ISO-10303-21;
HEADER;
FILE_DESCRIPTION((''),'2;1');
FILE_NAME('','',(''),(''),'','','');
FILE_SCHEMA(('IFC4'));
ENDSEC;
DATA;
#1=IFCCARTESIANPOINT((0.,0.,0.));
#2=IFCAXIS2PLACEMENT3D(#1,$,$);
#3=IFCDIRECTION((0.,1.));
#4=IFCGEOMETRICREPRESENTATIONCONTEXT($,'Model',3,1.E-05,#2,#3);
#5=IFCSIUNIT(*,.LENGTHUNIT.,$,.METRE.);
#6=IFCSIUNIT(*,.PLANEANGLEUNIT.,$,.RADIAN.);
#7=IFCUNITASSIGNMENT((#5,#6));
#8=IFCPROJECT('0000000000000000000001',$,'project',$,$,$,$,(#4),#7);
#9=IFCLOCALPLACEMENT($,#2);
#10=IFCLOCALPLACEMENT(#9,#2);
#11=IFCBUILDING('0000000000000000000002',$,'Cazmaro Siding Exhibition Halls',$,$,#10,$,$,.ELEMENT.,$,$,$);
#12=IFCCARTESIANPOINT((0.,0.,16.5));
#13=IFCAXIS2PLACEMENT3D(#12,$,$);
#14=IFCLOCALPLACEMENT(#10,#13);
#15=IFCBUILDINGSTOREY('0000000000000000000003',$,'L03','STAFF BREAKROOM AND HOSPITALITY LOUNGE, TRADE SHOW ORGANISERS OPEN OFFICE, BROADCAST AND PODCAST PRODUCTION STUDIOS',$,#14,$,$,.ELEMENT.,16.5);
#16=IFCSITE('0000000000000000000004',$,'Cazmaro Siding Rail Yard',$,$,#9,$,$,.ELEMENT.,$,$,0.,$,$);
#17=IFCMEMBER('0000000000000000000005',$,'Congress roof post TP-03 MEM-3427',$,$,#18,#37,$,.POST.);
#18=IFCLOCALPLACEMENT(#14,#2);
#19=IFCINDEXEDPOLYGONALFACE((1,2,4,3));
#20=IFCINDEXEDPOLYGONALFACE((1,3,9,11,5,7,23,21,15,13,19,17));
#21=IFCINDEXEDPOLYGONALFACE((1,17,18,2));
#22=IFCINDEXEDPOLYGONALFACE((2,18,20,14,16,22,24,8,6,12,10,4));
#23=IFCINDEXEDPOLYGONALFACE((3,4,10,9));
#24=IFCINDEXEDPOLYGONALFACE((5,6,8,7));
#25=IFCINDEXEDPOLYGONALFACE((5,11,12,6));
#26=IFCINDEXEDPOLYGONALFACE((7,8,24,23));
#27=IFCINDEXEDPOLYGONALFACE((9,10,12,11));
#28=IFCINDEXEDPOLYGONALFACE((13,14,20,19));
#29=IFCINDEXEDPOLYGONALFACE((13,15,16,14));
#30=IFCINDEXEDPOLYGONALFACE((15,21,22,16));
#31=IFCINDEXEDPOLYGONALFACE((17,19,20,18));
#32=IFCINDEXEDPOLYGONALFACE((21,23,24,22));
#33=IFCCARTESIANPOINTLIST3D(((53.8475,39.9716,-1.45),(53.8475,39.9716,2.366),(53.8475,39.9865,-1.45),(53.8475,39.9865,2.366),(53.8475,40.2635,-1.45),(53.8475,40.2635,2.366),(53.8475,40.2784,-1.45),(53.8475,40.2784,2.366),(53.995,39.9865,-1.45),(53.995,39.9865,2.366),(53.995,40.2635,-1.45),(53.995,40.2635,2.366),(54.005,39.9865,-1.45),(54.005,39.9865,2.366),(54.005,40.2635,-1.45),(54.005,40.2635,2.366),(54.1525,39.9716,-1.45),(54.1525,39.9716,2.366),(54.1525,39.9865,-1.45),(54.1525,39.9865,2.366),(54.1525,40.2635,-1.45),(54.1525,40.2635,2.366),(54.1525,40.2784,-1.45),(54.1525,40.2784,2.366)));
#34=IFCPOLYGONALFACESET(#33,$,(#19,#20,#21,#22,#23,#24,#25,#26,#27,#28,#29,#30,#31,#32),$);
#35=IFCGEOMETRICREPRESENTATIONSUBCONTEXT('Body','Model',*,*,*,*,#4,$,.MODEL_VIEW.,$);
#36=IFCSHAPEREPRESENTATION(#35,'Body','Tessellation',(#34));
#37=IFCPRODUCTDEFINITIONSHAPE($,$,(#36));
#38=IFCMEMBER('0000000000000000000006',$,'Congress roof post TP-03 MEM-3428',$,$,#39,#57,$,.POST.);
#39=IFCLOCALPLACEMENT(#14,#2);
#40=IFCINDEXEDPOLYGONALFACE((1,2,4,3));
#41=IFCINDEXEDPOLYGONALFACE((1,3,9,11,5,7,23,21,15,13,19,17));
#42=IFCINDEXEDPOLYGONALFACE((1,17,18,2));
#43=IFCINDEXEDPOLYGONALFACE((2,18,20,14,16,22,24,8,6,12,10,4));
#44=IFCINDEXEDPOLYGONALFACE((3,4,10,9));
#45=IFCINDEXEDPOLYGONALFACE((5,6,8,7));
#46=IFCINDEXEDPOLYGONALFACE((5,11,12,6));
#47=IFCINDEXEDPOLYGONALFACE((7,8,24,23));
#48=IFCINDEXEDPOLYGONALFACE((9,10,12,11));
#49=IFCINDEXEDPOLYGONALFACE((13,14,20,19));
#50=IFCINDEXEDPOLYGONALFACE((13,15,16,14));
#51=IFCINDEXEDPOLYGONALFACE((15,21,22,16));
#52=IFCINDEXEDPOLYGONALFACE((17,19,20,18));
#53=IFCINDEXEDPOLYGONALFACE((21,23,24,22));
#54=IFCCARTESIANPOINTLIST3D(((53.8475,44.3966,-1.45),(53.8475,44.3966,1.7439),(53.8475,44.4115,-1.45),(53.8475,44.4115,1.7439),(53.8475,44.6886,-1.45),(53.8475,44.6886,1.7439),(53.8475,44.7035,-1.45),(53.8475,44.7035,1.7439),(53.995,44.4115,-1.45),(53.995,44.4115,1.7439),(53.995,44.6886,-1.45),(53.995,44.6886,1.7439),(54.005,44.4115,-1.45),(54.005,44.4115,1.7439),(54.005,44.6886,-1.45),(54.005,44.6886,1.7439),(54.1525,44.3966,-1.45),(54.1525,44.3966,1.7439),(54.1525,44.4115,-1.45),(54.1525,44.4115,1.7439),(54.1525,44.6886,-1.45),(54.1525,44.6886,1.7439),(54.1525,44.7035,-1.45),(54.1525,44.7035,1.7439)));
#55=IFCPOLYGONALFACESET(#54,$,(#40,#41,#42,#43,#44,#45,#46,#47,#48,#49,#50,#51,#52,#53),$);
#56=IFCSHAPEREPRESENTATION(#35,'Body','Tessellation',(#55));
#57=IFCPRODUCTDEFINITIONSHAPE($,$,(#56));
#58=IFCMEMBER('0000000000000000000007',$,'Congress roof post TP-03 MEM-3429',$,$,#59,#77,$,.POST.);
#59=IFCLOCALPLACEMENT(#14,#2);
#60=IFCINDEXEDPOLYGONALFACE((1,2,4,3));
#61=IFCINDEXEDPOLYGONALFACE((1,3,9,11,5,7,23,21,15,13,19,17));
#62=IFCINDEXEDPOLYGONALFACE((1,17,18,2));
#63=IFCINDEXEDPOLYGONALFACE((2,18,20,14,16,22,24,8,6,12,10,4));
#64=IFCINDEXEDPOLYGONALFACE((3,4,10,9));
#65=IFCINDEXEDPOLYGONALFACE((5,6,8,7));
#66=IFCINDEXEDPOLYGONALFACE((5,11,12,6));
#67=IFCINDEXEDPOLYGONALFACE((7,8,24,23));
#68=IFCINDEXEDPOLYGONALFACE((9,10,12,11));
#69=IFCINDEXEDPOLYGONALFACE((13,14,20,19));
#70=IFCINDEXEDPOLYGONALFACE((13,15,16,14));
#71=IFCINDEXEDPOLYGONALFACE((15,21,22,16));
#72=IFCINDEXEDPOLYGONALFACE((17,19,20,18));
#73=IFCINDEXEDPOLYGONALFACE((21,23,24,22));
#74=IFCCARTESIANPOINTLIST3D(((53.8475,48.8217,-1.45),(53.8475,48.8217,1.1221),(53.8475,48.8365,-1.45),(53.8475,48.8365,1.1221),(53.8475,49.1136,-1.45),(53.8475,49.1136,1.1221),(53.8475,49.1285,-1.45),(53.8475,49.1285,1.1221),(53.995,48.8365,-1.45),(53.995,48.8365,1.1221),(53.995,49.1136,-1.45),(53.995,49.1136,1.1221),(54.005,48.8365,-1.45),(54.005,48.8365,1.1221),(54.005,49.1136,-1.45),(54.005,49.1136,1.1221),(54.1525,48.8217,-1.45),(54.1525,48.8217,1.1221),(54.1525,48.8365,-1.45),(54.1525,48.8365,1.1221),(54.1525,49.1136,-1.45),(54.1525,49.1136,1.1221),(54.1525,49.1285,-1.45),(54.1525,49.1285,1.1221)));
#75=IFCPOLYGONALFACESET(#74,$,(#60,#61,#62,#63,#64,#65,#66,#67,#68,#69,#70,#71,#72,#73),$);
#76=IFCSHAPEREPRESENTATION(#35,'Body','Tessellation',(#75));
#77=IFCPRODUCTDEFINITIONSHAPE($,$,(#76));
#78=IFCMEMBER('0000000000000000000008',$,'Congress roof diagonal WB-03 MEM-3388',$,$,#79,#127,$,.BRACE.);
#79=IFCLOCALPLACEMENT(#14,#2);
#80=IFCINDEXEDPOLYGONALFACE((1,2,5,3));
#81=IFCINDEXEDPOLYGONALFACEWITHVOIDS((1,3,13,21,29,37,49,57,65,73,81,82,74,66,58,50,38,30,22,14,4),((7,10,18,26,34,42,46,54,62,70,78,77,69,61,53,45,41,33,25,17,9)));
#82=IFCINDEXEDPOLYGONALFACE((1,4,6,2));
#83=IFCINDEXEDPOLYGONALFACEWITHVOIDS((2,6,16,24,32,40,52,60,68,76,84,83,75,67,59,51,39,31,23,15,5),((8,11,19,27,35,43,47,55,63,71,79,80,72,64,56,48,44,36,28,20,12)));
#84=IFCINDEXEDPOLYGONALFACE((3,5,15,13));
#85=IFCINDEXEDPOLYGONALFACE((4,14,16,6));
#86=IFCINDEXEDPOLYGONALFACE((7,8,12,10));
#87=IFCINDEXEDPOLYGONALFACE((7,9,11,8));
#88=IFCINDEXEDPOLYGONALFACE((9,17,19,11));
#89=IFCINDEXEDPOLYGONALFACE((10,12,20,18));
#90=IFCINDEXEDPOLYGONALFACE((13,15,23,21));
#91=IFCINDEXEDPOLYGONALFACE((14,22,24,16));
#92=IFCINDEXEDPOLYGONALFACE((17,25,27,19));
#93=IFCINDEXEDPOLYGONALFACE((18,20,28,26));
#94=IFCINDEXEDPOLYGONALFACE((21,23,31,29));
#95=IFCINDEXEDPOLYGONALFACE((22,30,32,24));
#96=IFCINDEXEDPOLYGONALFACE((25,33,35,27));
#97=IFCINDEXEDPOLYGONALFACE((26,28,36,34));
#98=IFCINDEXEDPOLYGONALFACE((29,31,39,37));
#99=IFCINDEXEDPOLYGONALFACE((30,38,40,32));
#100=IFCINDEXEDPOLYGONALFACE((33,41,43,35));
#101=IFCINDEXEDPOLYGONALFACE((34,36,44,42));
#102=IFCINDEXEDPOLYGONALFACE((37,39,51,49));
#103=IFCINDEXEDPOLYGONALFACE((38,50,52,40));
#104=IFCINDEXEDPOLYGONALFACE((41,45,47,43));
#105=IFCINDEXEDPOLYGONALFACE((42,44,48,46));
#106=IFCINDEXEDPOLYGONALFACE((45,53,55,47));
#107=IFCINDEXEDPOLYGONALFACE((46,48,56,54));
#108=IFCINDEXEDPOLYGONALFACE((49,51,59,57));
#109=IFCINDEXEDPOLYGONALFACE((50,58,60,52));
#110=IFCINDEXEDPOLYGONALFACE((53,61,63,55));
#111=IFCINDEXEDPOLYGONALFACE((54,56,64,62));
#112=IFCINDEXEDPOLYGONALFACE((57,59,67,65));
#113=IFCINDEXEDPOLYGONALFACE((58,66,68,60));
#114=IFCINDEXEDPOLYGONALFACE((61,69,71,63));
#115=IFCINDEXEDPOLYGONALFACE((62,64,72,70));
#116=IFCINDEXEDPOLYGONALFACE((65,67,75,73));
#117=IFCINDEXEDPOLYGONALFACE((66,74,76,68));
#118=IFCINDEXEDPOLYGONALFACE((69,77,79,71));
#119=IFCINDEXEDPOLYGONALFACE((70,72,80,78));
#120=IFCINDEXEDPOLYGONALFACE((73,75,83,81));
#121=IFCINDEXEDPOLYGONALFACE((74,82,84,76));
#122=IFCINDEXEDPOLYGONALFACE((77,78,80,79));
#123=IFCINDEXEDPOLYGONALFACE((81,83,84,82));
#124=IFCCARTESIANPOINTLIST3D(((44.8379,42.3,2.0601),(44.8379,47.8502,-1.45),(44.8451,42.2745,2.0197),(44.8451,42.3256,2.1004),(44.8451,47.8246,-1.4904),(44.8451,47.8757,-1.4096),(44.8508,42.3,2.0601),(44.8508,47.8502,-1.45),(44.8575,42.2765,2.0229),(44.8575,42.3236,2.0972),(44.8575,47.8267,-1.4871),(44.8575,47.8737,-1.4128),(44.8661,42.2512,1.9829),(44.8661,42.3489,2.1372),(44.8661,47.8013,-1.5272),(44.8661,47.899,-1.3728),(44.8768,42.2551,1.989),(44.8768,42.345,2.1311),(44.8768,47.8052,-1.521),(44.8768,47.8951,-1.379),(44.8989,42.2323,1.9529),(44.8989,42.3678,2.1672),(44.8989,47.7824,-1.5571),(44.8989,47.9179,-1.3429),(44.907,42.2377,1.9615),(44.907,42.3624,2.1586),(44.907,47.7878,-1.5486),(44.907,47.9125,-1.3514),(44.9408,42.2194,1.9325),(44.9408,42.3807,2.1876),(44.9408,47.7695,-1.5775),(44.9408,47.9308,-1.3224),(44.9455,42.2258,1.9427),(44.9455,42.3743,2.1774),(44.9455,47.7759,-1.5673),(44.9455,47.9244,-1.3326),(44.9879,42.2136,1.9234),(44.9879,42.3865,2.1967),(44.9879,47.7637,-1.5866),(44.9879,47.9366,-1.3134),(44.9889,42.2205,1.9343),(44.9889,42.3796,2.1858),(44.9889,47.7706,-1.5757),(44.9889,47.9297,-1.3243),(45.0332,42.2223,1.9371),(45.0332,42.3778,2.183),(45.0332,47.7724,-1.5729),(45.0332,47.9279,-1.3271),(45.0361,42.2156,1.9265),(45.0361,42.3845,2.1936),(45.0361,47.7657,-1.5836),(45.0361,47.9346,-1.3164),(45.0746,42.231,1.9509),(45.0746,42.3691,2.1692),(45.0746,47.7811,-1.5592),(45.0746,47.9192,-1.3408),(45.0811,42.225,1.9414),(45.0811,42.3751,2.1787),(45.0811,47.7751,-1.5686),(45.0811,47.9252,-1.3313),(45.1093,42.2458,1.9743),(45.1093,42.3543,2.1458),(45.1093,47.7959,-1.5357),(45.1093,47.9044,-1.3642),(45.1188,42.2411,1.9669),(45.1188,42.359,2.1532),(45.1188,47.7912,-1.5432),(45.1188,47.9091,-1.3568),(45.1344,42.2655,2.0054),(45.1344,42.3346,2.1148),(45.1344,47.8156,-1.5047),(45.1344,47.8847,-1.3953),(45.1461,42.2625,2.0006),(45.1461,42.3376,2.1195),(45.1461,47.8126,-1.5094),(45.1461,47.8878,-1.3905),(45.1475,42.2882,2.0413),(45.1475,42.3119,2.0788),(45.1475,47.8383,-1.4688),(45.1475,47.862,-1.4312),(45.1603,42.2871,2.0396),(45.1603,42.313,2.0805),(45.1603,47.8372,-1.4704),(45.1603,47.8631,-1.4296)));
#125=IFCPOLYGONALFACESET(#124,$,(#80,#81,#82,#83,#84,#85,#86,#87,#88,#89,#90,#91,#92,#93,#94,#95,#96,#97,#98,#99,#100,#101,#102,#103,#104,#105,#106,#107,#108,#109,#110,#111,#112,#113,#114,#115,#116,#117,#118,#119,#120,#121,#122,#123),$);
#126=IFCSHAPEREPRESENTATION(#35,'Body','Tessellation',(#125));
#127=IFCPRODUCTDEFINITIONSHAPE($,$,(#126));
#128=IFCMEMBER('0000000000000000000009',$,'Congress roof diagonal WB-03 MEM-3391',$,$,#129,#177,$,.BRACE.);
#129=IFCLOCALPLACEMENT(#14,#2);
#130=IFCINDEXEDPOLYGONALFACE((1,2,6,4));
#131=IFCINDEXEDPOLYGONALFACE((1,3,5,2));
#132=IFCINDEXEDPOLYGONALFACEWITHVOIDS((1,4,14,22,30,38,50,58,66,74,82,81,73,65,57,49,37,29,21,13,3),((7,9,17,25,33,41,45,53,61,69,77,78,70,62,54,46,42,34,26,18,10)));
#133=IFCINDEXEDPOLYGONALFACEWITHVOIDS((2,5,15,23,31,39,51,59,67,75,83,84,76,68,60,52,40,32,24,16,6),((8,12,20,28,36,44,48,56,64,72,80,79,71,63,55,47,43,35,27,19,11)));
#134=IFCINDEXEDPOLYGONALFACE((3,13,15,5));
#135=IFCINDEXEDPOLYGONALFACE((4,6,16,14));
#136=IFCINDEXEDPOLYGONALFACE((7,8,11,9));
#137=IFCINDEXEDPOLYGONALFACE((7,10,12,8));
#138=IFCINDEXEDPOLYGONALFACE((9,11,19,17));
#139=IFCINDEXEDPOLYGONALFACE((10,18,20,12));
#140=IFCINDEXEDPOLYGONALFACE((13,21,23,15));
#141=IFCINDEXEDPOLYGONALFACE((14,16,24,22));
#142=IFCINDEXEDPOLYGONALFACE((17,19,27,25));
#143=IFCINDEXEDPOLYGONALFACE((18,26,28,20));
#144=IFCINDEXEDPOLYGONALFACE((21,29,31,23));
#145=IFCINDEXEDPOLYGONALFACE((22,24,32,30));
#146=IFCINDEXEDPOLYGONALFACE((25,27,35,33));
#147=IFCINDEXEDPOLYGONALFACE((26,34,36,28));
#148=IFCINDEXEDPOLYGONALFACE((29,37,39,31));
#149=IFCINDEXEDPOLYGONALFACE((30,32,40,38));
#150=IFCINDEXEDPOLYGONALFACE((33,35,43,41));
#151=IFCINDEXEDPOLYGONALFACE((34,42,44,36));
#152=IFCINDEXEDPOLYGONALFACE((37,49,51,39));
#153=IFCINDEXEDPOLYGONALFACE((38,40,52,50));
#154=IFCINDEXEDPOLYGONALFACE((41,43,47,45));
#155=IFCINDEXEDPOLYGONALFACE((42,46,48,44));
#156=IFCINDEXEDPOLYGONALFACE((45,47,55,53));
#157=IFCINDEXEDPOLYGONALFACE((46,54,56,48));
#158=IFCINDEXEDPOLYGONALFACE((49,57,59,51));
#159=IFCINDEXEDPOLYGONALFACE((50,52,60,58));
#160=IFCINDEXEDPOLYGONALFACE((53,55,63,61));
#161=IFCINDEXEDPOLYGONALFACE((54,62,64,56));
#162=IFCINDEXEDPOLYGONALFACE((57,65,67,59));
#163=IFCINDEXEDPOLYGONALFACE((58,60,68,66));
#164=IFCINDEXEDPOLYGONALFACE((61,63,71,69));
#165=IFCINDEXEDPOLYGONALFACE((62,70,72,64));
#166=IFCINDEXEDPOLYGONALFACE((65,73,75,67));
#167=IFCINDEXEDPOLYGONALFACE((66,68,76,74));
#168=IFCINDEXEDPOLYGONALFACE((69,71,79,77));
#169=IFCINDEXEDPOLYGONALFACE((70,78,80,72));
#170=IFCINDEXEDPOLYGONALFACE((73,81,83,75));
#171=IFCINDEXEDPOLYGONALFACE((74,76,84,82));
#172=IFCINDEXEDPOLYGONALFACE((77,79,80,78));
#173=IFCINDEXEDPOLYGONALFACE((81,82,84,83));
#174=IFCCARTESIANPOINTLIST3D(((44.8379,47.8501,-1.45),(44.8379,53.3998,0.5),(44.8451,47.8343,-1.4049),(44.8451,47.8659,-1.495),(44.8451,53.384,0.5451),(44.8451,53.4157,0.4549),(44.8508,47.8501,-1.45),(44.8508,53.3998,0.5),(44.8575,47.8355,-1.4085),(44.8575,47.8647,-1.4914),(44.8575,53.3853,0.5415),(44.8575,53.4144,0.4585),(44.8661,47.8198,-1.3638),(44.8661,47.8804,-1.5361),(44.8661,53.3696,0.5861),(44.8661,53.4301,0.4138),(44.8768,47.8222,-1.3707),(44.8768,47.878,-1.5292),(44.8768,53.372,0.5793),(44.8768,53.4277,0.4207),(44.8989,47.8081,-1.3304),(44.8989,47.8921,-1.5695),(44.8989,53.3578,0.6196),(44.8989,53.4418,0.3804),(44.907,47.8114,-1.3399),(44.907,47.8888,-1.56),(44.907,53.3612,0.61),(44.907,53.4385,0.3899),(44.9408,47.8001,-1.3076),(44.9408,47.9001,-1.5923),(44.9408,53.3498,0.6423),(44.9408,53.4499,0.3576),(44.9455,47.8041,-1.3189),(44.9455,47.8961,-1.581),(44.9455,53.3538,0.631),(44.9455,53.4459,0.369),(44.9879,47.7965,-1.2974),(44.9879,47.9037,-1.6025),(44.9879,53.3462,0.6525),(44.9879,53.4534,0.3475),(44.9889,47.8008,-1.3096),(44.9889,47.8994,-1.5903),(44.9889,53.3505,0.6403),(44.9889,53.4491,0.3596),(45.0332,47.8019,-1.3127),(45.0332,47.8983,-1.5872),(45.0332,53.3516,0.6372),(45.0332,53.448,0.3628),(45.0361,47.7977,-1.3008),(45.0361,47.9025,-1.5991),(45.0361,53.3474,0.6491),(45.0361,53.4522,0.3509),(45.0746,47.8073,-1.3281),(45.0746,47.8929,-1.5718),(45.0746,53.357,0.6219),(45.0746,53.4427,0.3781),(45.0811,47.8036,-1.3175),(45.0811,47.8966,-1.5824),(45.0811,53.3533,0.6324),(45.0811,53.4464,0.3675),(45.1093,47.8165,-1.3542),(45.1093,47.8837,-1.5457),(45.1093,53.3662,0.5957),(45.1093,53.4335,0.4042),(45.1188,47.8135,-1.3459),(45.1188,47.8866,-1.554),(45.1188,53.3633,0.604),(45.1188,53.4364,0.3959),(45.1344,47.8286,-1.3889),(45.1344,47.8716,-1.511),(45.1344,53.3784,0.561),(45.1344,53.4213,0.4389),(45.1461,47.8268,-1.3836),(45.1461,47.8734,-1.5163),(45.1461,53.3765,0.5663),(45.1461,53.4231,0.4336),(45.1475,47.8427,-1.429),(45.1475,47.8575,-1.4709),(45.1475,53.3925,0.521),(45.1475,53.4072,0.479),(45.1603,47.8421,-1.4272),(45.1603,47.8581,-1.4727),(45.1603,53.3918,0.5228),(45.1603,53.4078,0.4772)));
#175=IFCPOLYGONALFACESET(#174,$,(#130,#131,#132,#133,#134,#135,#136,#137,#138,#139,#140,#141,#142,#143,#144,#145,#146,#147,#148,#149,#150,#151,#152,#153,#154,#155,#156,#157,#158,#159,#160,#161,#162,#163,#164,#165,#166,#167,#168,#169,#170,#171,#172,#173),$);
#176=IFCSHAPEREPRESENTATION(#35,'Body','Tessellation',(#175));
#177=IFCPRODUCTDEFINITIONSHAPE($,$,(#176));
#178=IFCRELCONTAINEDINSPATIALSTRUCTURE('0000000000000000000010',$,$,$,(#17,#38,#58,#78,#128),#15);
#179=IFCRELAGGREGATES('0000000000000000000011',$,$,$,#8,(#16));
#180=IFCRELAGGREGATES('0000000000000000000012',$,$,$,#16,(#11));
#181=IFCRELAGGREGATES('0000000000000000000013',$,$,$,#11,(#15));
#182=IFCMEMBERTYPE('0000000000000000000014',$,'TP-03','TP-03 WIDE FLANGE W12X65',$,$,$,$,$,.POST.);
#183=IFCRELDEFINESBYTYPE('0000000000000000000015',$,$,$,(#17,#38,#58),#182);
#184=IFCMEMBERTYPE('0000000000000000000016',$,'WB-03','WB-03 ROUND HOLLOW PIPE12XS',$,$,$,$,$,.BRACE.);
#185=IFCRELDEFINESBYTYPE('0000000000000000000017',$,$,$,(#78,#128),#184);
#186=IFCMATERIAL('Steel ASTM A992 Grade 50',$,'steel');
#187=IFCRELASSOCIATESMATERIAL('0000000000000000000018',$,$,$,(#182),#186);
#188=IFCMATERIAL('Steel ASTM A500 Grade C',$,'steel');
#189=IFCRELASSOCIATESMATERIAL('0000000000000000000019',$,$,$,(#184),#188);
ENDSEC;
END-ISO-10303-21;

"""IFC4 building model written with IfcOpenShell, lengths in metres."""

from ifc_helpers import new_model, si_unit, direction, frame, origin, origin_2d, place, context, subcontext, project, spatial, hollow_circle, i_section, extrude, material, material_profile, profile_set, type_object, element, save


model = new_model("IFC4")

# Units and contexts
model_context = context("Model", 3, precision=1e-05, world=origin(), true_north=direction((0.0, 1.0)))
body_context = subcontext(model_context, "Body", "Model", "MODEL_VIEW")
ifc_project = project(units=[si_unit("LENGTHUNIT", "METRE"), si_unit("PLANEANGLEUNIT", "RADIAN")], contexts=[model_context])

# Site, building, storey
site_placement = place(None, origin())
site = spatial("IfcSite", under=ifc_project, at=site_placement, Name="Cazmaro Siding Rail Yard", CompositionType="ELEMENT", RefElevation=0.0)
building_placement = place(site_placement, origin())
building = spatial("IfcBuilding", under=site, at=building_placement, Name="Cazmaro Siding Exhibition Halls", CompositionType="ELEMENT")
storey_placement = place(building_placement, frame((0.0, 0.0, 16.5)))
storey = spatial("IfcBuildingStorey", under=building, at=storey_placement, Name="L03", Description="STAFF BREAKROOM AND HOSPITALITY LOUNGE, TRADE SHOW ORGANISERS OPEN OFFICE, BROADCAST AND PODCAST PRODUCTION STUDIOS", CompositionType="ELEMENT", Elevation=16.5)

# Members
ifc_material_1 = material(Name="Steel ASTM A992 Grade 50", Category="steel")
ifc_material_profile_1 = material_profile(ifc_material_1, i_section(OverallWidth=0.3049, OverallDepth=0.3069, WebThickness=0.01, FlangeThickness=0.0149, at=origin_2d()), Name="W12X65")
ifc_profile_set_1 = profile_set([ifc_material_profile_1], Name="Steel ASTM A992 Grade 50")
member_type_1 = type_object("IfcMemberType", Name="TP-03", Description="TP-03 WIDE FLANGE W12X65", PredefinedType="POST", material=ifc_profile_set_1)
member_1_placement = place(storey_placement, frame((54.0, 40.125, -1.45), z_axis=(0.0, 0.0, 1.0), x_axis=(1.0, 0.0, 0.0)))
element("IfcMember", 1, at=member_1_placement, inside=storey, type_object=member_type_1, Name="Congress roof post TP-03 MEM-3427", PredefinedType="POST", context=body_context, shape_type="SweptSolid", body=[
    extrude(i_section(OverallWidth=0.3049, OverallDepth=0.3069, WebThickness=0.01, FlangeThickness=0.0149, at=origin_2d()), origin(), (0.0, 0.0, 1.0), 3.8159),
])
member_2_placement = place(storey_placement, frame((54.0, 44.55, -1.45), z_axis=(0.0, 0.0, 1.0), x_axis=(1.0, 0.0, 0.0)))
element("IfcMember", 2, at=member_2_placement, inside=storey, type_object=member_type_1, Name="Congress roof post TP-03 MEM-3428", PredefinedType="POST", context=body_context, shape_type="SweptSolid", body=[
    extrude(i_section(OverallWidth=0.3049, OverallDepth=0.3069, WebThickness=0.01, FlangeThickness=0.0149, at=origin_2d()), origin(), (0.0, 0.0, 1.0), 3.1938),
])
member_3_placement = place(storey_placement, frame((54.0, 48.9751, -1.45), z_axis=(0.0, 0.0, 1.0), x_axis=(1.0, 0.0, 0.0)))
element("IfcMember", 3, at=member_3_placement, inside=storey, type_object=member_type_1, Name="Congress roof post TP-03 MEM-3429", PredefinedType="POST", context=body_context, shape_type="SweptSolid", body=[
    extrude(i_section(OverallWidth=0.3049, OverallDepth=0.3069, WebThickness=0.01, FlangeThickness=0.0149, at=origin_2d()), origin(), (0.0, 0.0, 1.0), 2.572),
])
ifc_material_2 = material(Name="Steel ASTM A500 Grade C", Category="steel")
ifc_material_profile_2 = material_profile(ifc_material_2, hollow_circle(Radius=0.1621, WallThickness=0.0129, at=origin_2d()), Name="PIPE12XS")
ifc_profile_set_2 = profile_set([ifc_material_profile_2], Name="Steel ASTM A500 Grade C")
member_type_2 = type_object("IfcMemberType", Name="WB-03", Description="WB-03 ROUND HOLLOW PIPE12XS", PredefinedType="BRACE", material=ifc_profile_set_2)
member_4_placement = place(storey_placement, frame((45.0, 42.3, 2.0601), z_axis=(0.0, 0.845165, -0.534506), x_axis=(-1.0, 0.0, 0.0)))
element("IfcMember", 4, at=member_4_placement, inside=storey, type_object=member_type_2, Name="Congress roof diagonal WB-03 MEM-3388", PredefinedType="BRACE", context=body_context, shape_type="SweptSolid", body=[
    extrude(hollow_circle(Radius=0.1621, WallThickness=0.0129, at=origin_2d()), origin(), (0.0, 0.0, 1.0), 6.5669),
])
member_5_placement = place(storey_placement, frame((45.0, 47.8501, -1.45), z_axis=(0.0, 0.943459, 0.331489), x_axis=(-1.0, 0.0, 0.0)))
element("IfcMember", 5, at=member_5_placement, inside=storey, type_object=member_type_2, Name="Congress roof diagonal WB-03 MEM-3391", PredefinedType="BRACE", context=body_context, shape_type="SweptSolid", body=[
    extrude(hollow_circle(Radius=0.1621, WallThickness=0.0129, at=origin_2d()), origin(), (0.0, 0.0, 1.0), 5.8823),
])

save(model, "model.ifc")
